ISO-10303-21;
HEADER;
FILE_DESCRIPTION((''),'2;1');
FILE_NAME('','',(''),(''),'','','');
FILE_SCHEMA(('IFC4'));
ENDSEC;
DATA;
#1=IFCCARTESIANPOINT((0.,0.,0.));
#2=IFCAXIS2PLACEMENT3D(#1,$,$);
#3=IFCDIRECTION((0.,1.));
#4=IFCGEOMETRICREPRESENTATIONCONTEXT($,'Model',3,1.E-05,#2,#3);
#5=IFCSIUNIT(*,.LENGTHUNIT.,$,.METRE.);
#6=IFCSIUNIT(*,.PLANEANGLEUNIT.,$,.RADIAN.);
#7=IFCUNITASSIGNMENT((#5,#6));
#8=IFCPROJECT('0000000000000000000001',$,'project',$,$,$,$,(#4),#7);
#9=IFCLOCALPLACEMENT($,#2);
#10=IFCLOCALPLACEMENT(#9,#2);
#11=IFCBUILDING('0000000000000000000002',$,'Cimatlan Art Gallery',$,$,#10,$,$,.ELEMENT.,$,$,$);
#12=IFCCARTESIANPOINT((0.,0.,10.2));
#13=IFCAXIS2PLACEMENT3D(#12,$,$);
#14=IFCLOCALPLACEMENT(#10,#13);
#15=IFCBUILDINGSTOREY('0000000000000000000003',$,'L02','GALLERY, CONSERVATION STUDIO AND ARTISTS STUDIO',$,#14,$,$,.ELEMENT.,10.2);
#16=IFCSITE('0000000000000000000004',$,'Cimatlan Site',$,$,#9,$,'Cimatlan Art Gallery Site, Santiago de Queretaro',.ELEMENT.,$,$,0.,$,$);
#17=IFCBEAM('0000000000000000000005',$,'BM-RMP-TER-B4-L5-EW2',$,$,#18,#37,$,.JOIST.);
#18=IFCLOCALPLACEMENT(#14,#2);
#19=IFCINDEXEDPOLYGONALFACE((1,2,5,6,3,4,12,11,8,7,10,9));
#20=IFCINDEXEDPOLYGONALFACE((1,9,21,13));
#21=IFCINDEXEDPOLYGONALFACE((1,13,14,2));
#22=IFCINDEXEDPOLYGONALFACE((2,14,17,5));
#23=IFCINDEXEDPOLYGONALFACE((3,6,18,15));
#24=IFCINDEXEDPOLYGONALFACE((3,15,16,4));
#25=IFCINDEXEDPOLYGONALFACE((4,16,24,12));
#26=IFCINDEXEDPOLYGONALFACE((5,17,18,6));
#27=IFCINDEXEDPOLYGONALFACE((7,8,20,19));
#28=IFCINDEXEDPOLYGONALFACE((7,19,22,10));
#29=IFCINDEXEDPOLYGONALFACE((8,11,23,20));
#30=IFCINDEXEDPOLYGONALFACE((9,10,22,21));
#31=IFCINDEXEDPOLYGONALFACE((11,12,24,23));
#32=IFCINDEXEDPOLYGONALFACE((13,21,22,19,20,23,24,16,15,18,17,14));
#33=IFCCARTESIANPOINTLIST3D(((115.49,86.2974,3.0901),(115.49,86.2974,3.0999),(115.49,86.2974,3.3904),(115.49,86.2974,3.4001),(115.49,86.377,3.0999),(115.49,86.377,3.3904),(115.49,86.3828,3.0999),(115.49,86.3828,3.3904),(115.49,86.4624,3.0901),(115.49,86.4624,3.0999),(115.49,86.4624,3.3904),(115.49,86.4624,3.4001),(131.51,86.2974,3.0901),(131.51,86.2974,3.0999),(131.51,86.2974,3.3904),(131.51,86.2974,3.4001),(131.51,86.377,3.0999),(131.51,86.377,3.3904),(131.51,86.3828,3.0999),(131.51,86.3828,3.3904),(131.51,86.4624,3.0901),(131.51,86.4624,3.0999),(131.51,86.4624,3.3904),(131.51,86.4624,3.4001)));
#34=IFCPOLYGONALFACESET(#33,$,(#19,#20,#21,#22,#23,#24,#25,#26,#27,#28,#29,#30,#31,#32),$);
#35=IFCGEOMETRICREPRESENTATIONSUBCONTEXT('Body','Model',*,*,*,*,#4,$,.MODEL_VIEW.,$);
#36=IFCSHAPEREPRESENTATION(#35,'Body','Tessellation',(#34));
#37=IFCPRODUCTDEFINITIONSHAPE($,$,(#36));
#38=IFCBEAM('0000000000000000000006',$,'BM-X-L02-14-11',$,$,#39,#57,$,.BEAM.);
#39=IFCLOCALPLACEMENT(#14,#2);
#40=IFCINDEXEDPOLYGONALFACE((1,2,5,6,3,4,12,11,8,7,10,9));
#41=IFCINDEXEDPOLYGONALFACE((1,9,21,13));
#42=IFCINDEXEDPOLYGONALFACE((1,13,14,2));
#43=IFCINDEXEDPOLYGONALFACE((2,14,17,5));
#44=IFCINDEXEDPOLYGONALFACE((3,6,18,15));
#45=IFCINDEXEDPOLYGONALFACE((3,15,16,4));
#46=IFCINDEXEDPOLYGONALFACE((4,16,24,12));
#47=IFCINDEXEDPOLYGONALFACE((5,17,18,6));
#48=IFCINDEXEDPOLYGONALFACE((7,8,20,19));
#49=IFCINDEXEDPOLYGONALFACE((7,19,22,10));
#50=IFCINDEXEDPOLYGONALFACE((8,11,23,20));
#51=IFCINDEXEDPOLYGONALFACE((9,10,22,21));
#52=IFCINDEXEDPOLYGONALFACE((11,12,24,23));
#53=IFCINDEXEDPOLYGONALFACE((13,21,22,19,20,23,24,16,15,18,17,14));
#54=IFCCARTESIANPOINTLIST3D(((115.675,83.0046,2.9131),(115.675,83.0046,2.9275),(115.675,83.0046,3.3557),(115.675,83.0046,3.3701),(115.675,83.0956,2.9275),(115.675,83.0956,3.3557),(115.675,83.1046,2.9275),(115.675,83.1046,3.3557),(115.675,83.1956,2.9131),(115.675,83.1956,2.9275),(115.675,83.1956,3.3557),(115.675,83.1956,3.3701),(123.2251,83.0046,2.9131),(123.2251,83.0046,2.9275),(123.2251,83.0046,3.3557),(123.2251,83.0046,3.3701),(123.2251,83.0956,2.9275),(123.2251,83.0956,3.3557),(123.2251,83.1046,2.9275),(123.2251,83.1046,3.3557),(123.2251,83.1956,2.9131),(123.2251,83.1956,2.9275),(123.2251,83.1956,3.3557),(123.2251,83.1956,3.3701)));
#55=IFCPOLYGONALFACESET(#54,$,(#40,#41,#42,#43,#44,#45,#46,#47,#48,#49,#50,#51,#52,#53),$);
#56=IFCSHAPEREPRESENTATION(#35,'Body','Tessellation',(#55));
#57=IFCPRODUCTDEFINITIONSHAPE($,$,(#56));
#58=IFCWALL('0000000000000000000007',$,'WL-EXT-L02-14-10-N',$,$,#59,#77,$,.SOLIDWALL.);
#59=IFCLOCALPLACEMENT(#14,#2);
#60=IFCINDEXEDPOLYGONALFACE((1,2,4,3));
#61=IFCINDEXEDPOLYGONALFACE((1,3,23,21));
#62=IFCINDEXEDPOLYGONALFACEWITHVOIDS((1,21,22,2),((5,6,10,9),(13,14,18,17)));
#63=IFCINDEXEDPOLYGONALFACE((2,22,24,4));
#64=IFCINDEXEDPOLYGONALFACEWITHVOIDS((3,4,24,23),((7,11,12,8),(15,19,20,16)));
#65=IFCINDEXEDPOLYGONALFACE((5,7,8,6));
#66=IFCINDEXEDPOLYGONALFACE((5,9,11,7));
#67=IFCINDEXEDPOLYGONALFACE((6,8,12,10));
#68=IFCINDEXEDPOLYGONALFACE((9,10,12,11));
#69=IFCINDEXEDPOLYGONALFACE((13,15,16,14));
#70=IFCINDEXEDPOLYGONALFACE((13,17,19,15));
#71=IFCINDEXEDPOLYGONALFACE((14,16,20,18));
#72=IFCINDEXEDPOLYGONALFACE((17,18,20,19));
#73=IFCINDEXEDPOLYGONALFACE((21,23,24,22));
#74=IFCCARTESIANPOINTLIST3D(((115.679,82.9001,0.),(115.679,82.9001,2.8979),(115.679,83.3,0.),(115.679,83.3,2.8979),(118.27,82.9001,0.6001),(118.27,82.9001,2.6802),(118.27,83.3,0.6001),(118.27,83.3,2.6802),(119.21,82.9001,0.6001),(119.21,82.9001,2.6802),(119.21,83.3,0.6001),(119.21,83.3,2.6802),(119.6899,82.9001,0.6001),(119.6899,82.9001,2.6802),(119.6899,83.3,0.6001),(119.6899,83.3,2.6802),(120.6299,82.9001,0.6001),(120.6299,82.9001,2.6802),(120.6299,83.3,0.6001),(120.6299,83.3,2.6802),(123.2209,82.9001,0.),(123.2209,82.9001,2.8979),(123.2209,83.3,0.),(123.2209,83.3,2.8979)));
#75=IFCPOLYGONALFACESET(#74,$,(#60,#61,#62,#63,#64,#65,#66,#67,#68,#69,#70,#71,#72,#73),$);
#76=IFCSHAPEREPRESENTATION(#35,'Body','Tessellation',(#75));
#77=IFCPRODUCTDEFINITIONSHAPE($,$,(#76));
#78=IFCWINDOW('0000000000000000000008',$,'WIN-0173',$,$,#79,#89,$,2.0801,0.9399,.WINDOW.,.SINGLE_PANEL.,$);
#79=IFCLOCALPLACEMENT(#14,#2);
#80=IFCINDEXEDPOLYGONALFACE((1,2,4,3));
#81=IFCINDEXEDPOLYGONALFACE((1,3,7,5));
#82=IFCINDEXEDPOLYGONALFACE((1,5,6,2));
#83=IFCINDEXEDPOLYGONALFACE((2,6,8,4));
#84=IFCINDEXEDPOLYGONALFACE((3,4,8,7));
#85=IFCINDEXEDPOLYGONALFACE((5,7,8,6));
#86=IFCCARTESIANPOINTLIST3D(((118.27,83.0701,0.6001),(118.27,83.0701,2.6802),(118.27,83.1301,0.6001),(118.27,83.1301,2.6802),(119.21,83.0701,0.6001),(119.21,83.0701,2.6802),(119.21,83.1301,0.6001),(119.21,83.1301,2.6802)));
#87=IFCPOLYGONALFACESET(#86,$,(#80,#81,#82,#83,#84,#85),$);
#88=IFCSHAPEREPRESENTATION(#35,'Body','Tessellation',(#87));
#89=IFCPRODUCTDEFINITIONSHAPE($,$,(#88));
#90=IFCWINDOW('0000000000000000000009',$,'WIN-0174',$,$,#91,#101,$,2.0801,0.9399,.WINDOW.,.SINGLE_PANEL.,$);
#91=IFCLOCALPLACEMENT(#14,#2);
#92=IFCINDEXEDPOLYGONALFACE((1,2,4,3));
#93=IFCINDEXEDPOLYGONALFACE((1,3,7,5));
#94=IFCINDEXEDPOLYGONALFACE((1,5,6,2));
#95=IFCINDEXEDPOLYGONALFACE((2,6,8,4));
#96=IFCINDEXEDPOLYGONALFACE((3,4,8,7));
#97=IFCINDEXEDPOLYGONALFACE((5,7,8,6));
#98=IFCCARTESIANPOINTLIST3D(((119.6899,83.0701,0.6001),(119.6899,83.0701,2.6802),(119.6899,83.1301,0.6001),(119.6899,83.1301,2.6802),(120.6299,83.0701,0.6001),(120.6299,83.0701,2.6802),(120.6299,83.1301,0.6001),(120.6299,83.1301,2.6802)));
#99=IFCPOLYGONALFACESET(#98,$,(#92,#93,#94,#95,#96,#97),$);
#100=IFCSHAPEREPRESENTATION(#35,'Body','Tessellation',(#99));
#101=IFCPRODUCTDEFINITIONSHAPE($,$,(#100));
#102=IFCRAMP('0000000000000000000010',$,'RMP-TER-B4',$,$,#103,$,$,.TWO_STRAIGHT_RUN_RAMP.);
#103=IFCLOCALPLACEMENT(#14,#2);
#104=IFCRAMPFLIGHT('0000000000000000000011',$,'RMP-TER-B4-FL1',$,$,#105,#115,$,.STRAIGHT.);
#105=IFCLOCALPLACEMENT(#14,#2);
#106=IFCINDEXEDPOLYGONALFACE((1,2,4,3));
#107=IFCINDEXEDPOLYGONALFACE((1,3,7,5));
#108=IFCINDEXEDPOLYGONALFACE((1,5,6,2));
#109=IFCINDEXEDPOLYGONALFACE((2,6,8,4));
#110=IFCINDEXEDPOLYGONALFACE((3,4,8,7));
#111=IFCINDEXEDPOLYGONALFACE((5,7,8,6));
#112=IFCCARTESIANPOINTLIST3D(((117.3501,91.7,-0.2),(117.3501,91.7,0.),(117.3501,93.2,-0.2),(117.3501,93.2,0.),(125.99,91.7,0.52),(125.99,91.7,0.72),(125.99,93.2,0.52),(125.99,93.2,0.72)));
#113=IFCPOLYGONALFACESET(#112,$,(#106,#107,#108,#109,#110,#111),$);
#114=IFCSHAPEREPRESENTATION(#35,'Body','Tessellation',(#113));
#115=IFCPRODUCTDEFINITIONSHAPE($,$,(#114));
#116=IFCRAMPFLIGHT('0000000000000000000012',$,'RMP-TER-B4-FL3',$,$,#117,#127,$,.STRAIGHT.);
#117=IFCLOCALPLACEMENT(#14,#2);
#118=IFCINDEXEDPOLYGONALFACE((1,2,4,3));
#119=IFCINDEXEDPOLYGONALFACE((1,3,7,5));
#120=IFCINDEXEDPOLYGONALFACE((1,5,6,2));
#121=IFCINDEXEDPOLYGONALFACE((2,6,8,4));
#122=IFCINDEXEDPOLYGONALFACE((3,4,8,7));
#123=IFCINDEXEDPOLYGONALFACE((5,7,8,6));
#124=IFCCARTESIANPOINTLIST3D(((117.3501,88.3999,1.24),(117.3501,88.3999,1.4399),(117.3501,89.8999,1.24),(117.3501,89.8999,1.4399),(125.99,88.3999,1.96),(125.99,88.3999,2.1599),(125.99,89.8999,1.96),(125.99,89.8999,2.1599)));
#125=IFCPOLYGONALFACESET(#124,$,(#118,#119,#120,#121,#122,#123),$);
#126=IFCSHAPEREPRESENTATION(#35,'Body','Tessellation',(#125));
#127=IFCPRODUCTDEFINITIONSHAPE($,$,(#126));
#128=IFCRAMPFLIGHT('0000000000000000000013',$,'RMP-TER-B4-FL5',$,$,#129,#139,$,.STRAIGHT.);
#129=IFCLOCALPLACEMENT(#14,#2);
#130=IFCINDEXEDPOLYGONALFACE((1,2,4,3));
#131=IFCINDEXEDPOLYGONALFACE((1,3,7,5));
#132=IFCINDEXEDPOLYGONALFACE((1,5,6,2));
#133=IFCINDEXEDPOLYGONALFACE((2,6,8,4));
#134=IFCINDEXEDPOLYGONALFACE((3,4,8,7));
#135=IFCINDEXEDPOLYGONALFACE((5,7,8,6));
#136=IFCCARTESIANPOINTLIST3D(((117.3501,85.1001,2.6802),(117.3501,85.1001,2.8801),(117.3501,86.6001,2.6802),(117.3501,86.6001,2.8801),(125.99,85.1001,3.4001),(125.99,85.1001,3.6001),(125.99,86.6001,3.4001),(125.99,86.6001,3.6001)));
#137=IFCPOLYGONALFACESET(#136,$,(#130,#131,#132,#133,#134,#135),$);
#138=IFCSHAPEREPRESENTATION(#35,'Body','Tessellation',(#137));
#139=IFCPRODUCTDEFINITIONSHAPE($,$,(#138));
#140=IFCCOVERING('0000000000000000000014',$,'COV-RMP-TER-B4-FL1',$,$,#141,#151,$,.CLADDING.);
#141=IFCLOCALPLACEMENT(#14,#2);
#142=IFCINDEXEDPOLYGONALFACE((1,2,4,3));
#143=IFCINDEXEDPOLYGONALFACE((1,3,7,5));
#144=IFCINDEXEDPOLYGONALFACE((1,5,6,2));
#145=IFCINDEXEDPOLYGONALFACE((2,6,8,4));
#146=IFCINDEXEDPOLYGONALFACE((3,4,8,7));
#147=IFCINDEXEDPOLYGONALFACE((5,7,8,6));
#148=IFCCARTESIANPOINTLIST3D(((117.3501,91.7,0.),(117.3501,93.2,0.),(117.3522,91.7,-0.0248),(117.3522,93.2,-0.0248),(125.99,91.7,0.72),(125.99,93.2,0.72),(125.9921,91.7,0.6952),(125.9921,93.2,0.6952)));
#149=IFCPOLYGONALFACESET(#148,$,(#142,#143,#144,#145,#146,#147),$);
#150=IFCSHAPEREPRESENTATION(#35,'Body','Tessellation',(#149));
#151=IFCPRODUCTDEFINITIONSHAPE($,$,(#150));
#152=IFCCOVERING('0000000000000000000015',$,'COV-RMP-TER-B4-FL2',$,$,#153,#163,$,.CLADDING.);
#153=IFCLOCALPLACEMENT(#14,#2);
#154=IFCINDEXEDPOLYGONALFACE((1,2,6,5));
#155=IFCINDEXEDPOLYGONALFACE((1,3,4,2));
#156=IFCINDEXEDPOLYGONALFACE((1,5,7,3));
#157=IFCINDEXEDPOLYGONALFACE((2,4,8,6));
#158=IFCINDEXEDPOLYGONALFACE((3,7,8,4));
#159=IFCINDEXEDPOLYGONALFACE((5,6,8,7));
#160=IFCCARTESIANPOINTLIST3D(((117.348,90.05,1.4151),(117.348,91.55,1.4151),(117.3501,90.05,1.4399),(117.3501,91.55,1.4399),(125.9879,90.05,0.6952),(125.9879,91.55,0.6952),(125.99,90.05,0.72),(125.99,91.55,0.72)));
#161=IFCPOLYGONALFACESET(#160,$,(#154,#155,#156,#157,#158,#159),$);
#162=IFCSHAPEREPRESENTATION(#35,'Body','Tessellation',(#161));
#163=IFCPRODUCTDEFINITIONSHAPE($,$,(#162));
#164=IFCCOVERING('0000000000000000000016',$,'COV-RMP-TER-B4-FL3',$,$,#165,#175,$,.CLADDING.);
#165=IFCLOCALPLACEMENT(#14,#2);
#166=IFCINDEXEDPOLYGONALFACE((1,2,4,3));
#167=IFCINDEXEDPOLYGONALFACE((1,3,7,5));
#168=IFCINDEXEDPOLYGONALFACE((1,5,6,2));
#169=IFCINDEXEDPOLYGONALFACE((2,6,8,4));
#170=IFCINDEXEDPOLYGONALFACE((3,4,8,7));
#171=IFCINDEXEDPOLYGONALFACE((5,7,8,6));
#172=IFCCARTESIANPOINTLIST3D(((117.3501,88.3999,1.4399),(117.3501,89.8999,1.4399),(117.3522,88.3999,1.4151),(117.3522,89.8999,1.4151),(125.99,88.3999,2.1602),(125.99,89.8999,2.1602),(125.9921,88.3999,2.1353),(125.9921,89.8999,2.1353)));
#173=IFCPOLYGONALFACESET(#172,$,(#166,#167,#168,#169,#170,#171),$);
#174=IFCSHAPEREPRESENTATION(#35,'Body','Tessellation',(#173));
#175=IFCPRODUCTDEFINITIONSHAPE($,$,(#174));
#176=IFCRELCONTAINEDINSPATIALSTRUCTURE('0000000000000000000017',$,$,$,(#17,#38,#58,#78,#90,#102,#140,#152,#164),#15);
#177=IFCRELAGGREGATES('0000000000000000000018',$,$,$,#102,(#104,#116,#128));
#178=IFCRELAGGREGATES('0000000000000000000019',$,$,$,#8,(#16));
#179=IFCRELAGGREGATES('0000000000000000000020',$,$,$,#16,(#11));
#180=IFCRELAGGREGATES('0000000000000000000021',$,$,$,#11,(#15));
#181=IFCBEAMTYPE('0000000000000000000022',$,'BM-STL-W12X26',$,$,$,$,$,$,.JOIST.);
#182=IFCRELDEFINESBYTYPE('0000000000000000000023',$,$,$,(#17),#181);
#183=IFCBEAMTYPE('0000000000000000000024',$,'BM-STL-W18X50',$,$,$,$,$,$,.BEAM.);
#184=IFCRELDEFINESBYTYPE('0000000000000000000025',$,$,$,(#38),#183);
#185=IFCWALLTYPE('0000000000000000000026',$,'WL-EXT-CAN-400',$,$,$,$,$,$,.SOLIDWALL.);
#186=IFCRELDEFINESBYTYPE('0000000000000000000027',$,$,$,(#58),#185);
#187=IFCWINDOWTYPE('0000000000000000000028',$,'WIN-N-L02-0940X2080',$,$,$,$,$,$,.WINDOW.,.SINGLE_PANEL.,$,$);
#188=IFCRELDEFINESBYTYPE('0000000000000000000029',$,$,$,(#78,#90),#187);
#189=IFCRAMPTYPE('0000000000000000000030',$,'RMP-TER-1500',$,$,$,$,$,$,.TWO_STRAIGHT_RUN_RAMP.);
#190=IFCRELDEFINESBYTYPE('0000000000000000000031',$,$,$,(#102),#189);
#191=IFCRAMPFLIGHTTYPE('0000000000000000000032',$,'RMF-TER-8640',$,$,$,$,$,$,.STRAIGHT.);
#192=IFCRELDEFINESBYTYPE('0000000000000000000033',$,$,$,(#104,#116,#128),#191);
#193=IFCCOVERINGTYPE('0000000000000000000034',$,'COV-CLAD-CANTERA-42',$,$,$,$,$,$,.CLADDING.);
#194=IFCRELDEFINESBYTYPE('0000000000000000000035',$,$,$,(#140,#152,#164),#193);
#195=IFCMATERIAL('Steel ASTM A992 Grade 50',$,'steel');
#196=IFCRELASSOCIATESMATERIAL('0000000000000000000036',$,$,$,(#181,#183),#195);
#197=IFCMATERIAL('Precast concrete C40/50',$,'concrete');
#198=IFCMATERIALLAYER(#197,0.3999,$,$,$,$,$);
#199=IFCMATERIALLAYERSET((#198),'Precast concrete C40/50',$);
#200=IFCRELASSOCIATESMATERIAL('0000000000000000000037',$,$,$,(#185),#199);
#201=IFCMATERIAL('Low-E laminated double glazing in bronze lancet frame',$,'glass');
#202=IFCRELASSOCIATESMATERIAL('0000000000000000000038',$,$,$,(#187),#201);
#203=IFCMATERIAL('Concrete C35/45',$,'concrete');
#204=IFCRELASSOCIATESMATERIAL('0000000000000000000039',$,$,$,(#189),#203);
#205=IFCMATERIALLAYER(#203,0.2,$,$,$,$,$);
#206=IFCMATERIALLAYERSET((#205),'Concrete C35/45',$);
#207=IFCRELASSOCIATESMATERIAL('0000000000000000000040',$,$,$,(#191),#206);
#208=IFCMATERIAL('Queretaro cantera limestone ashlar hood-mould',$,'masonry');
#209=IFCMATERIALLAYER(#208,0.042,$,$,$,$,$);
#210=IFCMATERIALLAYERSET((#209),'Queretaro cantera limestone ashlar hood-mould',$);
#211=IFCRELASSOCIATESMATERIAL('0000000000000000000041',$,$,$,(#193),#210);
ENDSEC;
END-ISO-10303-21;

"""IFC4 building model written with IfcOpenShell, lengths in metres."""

from ifc_helpers import new_model, si_unit, direction, frame, frame_2d, origin, origin_2d, place, context, subcontext, project, spatial, polyline, rectangle, i_section, outline, extrude, material, layer, layer_set, material_profile, profile_set, type_object, element, fill, aggregate, save


model = new_model("IFC4")

# Units and contexts
model_context = context("Model", 3, precision=1e-05, world=origin(), true_north=direction((0.0, 1.0)))
body_context = subcontext(model_context, "Body", "Model", "MODEL_VIEW")
ifc_project = project(units=[si_unit("LENGTHUNIT", "METRE"), si_unit("PLANEANGLEUNIT", "RADIAN")], contexts=[model_context])

# Site, building, storey
site_placement = place(None, origin())
site = spatial("IfcSite", under=ifc_project, at=site_placement, Name="Cimatlan Site", LongName="Cimatlan Art Gallery Site, Santiago de Queretaro", CompositionType="ELEMENT", RefElevation=0.0)
building_placement = place(site_placement, origin())
building = spatial("IfcBuilding", under=site, at=building_placement, Name="Cimatlan Art Gallery", CompositionType="ELEMENT")
storey_placement = place(building_placement, frame((0.0, 0.0, 10.2)))
storey = spatial("IfcBuildingStorey", under=building, at=storey_placement, Name="L02", Description="GALLERY, CONSERVATION STUDIO AND ARTISTS STUDIO", CompositionType="ELEMENT", Elevation=10.2)

# Beams
ifc_material_1 = material(Name="Steel ASTM A992 Grade 50", Category="steel")
ifc_material_profile_1 = material_profile(ifc_material_1, i_section(OverallWidth=0.165, OverallDepth=0.3101, WebThickness=0.0059, FlangeThickness=0.0098, at=origin_2d()), Name="W12X26")
ifc_profile_set_1 = profile_set([ifc_material_profile_1], Name="Steel ASTM A992 Grade 50")
beam_type_1 = type_object("IfcBeamType", Name="BM-STL-W12X26", PredefinedType="JOIST", material=ifc_profile_set_1)
beam_1_placement = place(storey_placement, frame((115.49, 86.3799, 3.2451), z_axis=(1.0, 0.0, 0.0), x_axis=(0.0, 1.0, 0.0)))
element("IfcBeam", 1, at=beam_1_placement, inside=storey, type_object=beam_type_1, Name="BM-RMP-TER-B4-L5-EW2", PredefinedType="JOIST", context=body_context, shape_type="SweptSolid", body=[
    extrude(i_section(OverallWidth=0.165, OverallDepth=0.3101, WebThickness=0.0059, FlangeThickness=0.0098, at=origin_2d()), origin(), (0.0, 0.0, 1.0), 16.02),
])
ifc_material_profile_2 = material_profile(ifc_material_1, i_section(OverallWidth=0.1909, OverallDepth=0.457, WebThickness=0.009, FlangeThickness=0.0144, at=origin_2d()), Name="W18X50")
ifc_profile_set_2 = profile_set([ifc_material_profile_2], Name="Steel ASTM A992 Grade 50")
beam_type_2 = type_object("IfcBeamType", Name="BM-STL-W18X50", PredefinedType="BEAM", material=ifc_profile_set_2)
beam_2_placement = place(storey_placement, frame((115.675, 83.1001, 3.1416), z_axis=(1.0, 0.0, 0.0), x_axis=(0.0, 1.0, 0.0)))
element("IfcBeam", 2, at=beam_2_placement, inside=storey, type_object=beam_type_2, Name="BM-X-L02-14-11", PredefinedType="BEAM", context=body_context, shape_type="SweptSolid", body=[
    extrude(i_section(OverallWidth=0.1909, OverallDepth=0.457, WebThickness=0.009, FlangeThickness=0.0144, at=origin_2d()), origin(), (0.0, 0.0, 1.0), 7.55),
])

# Wall, openings, windows
ifc_material_2 = material(Name="Precast concrete C40/50", Category="concrete")
ifc_layer_1 = layer(ifc_material_2, 0.3999)
ifc_layer_set_1 = layer_set([ifc_layer_1], Name="Precast concrete C40/50")
wall_type = type_object("IfcWallType", Name="WL-EXT-CAN-400", PredefinedType="SOLIDWALL", material=ifc_layer_set_1)
wall_placement = place(storey_placement, frame((115.679, 83.1001, 0.0), z_axis=(0.0, 0.0, 1.0), x_axis=(1.0, 0.0, 0.0)))
wall = element("IfcWall", 3, at=wall_placement, inside=storey, type_object=wall_type, Name="WL-EXT-L02-14-10-N", PredefinedType="SOLIDWALL", context=body_context, shape_type="SweptSolid", body=[
    extrude(rectangle(XDim=7.542, YDim=0.3999, at=frame_2d((3.771, 0.0))), origin(), (0.0, 0.0, 1.0), 2.8979),
])
opening_1_placement = place(wall_placement, frame((2.5911, 0.0, 0.6001)))
opening_1 = element("IfcOpeningElement", 4, at=opening_1_placement, cuts=wall, PredefinedType="OPENING", context=body_context, shape_type="SweptSolid", body=[
    extrude(rectangle(XDim=0.9399, YDim=2.0801, at=frame_2d((0.47, 1.04))), frame((0.0, 0.21, 0.0), z_axis=(0.0, -1.0, 0.0), x_axis=(1.0, 0.0, 0.0)), (0.0, 0.0, 1.0), 0.4199),
])
opening_2_placement = place(wall_placement, frame((4.011, 0.0, 0.6001)))
opening_2 = element("IfcOpeningElement", 5, at=opening_2_placement, cuts=wall, PredefinedType="OPENING", context=body_context, shape_type="SweptSolid", body=[
    extrude(rectangle(XDim=0.9399, YDim=2.0801, at=frame_2d((0.47, 1.04))), frame((0.0, 0.21, 0.0), z_axis=(0.0, -1.0, 0.0), x_axis=(1.0, 0.0, 0.0)), (0.0, 0.0, 1.0), 0.4199),
])
ifc_material_3 = material(Name="Low-E laminated double glazing in bronze lancet frame", Category="glass")
window_type = type_object("IfcWindowType", Name="WIN-N-L02-0940X2080", PartitioningType="SINGLE_PANEL", PredefinedType="WINDOW", material=ifc_material_3)
window_1_placement = place(opening_1_placement, origin())
window_1 = element("IfcWindow", 6, at=window_1_placement, inside=storey, type_object=window_type, Name="WIN-0173", OverallHeight=2.0801, OverallWidth=0.9399, PartitioningType="SINGLE_PANEL", PredefinedType="WINDOW", context=body_context, shape_type="SweptSolid", body=[
    extrude(rectangle(XDim=0.9399, YDim=2.0801, at=frame_2d((0.47, 1.04))), frame((0.0, 0.03, 0.0), z_axis=(0.0, -1.0, 0.0), x_axis=(1.0, 0.0, 0.0)), (0.0, 0.0, 1.0), 0.0601),
])
fill(opening_1, window_1)
window_2_placement = place(opening_2_placement, origin())
window_2 = element("IfcWindow", 7, at=window_2_placement, inside=storey, type_object=window_type, Name="WIN-0174", OverallHeight=2.0801, OverallWidth=0.9399, PartitioningType="SINGLE_PANEL", PredefinedType="WINDOW", context=body_context, shape_type="SweptSolid", body=[
    extrude(rectangle(XDim=0.9399, YDim=2.0801, at=frame_2d((0.47, 1.04))), frame((0.0, 0.03, 0.0), z_axis=(0.0, -1.0, 0.0), x_axis=(1.0, 0.0, 0.0)), (0.0, 0.0, 1.0), 0.0601),
])
fill(opening_2, window_2)

# Ramp, ramp flights
ifc_material_4 = material(Name="Concrete C35/45", Category="concrete")
ramp_type = type_object("IfcRampType", Name="RMP-TER-1500", PredefinedType="TWO_STRAIGHT_RUN_RAMP", material=ifc_material_4)
ramp_placement = place(storey_placement, origin())
ramp = element("IfcRamp", 8, at=ramp_placement, inside=storey, type_object=ramp_type, Name="RMP-TER-B4", PredefinedType="TWO_STRAIGHT_RUN_RAMP")
ifc_layer_2 = layer(ifc_material_4, 0.2)
ifc_layer_set_2 = layer_set([ifc_layer_2], Name="Concrete C35/45")
ramp_flight_type = type_object("IfcRampFlightType", Name="RMF-TER-8640", PredefinedType="STRAIGHT", material=ifc_layer_set_2)
ramp_flight_1_placement = place(storey_placement, frame((117.3501, 92.45, 0.0), z_axis=(0.0, 0.0, 1.0), x_axis=(1.0, 0.0, 0.0)))
ramp_flight_1 = element("IfcRampFlight", 9, at=ramp_flight_1_placement, type_object=ramp_flight_type, Name="RMP-TER-B4-FL1", PredefinedType="STRAIGHT", context=body_context, shape_type="SweptSolid", body=[
    extrude(outline(polyline([(0.0, 0.0), (8.6399, 0.72), (8.6399, 0.52), (0.0, -0.2), (0.0, 0.0)])), frame((0.0, 0.75, 0.0), z_axis=(0.0, -1.0, 0.0), x_axis=(1.0, 0.0, 0.0)), (0.0, 0.0, 1.0), 1.5),
])
ramp_flight_2_placement = place(storey_placement, frame((117.3501, 89.1499, 1.4399), z_axis=(0.0, 0.0, 1.0), x_axis=(1.0, 0.0, 0.0)))
ramp_flight_2 = element("IfcRampFlight", 10, at=ramp_flight_2_placement, type_object=ramp_flight_type, Name="RMP-TER-B4-FL3", PredefinedType="STRAIGHT", context=body_context, shape_type="SweptSolid", body=[
    extrude(outline(polyline([(0.0, 0.0), (8.6399, 0.72), (8.6399, 0.52), (0.0, -0.2), (0.0, 0.0)])), frame((0.0, 0.75, 0.0), z_axis=(0.0, -1.0, 0.0), x_axis=(1.0, 0.0, 0.0)), (0.0, 0.0, 1.0), 1.5),
])
ramp_flight_3_placement = place(storey_placement, frame((117.3501, 85.8501, 2.8801), z_axis=(0.0, 0.0, 1.0), x_axis=(1.0, 0.0, 0.0)))
ramp_flight_3 = element("IfcRampFlight", 11, at=ramp_flight_3_placement, type_object=ramp_flight_type, Name="RMP-TER-B4-FL5", PredefinedType="STRAIGHT", context=body_context, shape_type="SweptSolid", body=[
    extrude(outline(polyline([(0.0, 0.0), (8.6399, 0.72), (8.6399, 0.52), (0.0, -0.2), (0.0, 0.0)])), frame((0.0, 0.75, 0.0), z_axis=(0.0, -1.0, 0.0), x_axis=(1.0, 0.0, 0.0)), (0.0, 0.0, 1.0), 1.5),
])
aggregate(ramp, [ramp_flight_1, ramp_flight_2, ramp_flight_3])

# Coverings
ifc_material_5 = material(Name="Queretaro cantera limestone ashlar hood-mould", Category="masonry")
ifc_layer_3 = layer(ifc_material_5, 0.042)
ifc_layer_set_3 = layer_set([ifc_layer_3], Name="Queretaro cantera limestone ashlar hood-mould")
covering_type = type_object("IfcCoveringType", Name="COV-CLAD-CANTERA-42", PredefinedType="CLADDING", material=ifc_layer_set_3)
for number, where, z_axis, x_axis, name in (
    (12, (117.3501, 91.7, 0.0), (-0.083043, 0.0, 0.996546), (0.996546, 0.0, 0.083043), "COV-RMP-TER-B4-FL1"),
    (13, (117.3501, 90.05, 1.4399), (0.083043, 0.0, 0.996546), (0.996546, 0.0, -0.083043), "COV-RMP-TER-B4-FL2"),
):
    element("IfcCovering", number, at=place(storey_placement, frame(where, z_axis=z_axis, x_axis=x_axis)), inside=storey, type_object=covering_type, Name=name, PredefinedType="CLADDING", context=body_context, shape_type="SweptSolid", body=[
        extrude(outline(polyline([(0.0, 0.0), (8.6698, 0.0), (8.6698, 1.5), (0.0, 1.5), (0.0, 0.0)])), origin(), (0.0, 0.0, -1.0), 0.0249),
    ])
covering_placement = place(storey_placement, frame((117.3501, 88.3999, 1.4399), z_axis=(-0.083071, 0.0, 0.996544), x_axis=(0.996544, 0.0, 0.083071)))
element("IfcCovering", 14, at=covering_placement, inside=storey, type_object=covering_type, Name="COV-RMP-TER-B4-FL3", PredefinedType="CLADDING", context=body_context, shape_type="SweptSolid", body=[
    extrude(outline(polyline([(0.0, 0.0), (8.6699, 0.0), (8.6699, 1.5), (0.0, 1.5), (0.0, 0.0)])), origin(), (0.0, 0.0, -1.0), 0.0249),
])

save(model, "model.ifc")
